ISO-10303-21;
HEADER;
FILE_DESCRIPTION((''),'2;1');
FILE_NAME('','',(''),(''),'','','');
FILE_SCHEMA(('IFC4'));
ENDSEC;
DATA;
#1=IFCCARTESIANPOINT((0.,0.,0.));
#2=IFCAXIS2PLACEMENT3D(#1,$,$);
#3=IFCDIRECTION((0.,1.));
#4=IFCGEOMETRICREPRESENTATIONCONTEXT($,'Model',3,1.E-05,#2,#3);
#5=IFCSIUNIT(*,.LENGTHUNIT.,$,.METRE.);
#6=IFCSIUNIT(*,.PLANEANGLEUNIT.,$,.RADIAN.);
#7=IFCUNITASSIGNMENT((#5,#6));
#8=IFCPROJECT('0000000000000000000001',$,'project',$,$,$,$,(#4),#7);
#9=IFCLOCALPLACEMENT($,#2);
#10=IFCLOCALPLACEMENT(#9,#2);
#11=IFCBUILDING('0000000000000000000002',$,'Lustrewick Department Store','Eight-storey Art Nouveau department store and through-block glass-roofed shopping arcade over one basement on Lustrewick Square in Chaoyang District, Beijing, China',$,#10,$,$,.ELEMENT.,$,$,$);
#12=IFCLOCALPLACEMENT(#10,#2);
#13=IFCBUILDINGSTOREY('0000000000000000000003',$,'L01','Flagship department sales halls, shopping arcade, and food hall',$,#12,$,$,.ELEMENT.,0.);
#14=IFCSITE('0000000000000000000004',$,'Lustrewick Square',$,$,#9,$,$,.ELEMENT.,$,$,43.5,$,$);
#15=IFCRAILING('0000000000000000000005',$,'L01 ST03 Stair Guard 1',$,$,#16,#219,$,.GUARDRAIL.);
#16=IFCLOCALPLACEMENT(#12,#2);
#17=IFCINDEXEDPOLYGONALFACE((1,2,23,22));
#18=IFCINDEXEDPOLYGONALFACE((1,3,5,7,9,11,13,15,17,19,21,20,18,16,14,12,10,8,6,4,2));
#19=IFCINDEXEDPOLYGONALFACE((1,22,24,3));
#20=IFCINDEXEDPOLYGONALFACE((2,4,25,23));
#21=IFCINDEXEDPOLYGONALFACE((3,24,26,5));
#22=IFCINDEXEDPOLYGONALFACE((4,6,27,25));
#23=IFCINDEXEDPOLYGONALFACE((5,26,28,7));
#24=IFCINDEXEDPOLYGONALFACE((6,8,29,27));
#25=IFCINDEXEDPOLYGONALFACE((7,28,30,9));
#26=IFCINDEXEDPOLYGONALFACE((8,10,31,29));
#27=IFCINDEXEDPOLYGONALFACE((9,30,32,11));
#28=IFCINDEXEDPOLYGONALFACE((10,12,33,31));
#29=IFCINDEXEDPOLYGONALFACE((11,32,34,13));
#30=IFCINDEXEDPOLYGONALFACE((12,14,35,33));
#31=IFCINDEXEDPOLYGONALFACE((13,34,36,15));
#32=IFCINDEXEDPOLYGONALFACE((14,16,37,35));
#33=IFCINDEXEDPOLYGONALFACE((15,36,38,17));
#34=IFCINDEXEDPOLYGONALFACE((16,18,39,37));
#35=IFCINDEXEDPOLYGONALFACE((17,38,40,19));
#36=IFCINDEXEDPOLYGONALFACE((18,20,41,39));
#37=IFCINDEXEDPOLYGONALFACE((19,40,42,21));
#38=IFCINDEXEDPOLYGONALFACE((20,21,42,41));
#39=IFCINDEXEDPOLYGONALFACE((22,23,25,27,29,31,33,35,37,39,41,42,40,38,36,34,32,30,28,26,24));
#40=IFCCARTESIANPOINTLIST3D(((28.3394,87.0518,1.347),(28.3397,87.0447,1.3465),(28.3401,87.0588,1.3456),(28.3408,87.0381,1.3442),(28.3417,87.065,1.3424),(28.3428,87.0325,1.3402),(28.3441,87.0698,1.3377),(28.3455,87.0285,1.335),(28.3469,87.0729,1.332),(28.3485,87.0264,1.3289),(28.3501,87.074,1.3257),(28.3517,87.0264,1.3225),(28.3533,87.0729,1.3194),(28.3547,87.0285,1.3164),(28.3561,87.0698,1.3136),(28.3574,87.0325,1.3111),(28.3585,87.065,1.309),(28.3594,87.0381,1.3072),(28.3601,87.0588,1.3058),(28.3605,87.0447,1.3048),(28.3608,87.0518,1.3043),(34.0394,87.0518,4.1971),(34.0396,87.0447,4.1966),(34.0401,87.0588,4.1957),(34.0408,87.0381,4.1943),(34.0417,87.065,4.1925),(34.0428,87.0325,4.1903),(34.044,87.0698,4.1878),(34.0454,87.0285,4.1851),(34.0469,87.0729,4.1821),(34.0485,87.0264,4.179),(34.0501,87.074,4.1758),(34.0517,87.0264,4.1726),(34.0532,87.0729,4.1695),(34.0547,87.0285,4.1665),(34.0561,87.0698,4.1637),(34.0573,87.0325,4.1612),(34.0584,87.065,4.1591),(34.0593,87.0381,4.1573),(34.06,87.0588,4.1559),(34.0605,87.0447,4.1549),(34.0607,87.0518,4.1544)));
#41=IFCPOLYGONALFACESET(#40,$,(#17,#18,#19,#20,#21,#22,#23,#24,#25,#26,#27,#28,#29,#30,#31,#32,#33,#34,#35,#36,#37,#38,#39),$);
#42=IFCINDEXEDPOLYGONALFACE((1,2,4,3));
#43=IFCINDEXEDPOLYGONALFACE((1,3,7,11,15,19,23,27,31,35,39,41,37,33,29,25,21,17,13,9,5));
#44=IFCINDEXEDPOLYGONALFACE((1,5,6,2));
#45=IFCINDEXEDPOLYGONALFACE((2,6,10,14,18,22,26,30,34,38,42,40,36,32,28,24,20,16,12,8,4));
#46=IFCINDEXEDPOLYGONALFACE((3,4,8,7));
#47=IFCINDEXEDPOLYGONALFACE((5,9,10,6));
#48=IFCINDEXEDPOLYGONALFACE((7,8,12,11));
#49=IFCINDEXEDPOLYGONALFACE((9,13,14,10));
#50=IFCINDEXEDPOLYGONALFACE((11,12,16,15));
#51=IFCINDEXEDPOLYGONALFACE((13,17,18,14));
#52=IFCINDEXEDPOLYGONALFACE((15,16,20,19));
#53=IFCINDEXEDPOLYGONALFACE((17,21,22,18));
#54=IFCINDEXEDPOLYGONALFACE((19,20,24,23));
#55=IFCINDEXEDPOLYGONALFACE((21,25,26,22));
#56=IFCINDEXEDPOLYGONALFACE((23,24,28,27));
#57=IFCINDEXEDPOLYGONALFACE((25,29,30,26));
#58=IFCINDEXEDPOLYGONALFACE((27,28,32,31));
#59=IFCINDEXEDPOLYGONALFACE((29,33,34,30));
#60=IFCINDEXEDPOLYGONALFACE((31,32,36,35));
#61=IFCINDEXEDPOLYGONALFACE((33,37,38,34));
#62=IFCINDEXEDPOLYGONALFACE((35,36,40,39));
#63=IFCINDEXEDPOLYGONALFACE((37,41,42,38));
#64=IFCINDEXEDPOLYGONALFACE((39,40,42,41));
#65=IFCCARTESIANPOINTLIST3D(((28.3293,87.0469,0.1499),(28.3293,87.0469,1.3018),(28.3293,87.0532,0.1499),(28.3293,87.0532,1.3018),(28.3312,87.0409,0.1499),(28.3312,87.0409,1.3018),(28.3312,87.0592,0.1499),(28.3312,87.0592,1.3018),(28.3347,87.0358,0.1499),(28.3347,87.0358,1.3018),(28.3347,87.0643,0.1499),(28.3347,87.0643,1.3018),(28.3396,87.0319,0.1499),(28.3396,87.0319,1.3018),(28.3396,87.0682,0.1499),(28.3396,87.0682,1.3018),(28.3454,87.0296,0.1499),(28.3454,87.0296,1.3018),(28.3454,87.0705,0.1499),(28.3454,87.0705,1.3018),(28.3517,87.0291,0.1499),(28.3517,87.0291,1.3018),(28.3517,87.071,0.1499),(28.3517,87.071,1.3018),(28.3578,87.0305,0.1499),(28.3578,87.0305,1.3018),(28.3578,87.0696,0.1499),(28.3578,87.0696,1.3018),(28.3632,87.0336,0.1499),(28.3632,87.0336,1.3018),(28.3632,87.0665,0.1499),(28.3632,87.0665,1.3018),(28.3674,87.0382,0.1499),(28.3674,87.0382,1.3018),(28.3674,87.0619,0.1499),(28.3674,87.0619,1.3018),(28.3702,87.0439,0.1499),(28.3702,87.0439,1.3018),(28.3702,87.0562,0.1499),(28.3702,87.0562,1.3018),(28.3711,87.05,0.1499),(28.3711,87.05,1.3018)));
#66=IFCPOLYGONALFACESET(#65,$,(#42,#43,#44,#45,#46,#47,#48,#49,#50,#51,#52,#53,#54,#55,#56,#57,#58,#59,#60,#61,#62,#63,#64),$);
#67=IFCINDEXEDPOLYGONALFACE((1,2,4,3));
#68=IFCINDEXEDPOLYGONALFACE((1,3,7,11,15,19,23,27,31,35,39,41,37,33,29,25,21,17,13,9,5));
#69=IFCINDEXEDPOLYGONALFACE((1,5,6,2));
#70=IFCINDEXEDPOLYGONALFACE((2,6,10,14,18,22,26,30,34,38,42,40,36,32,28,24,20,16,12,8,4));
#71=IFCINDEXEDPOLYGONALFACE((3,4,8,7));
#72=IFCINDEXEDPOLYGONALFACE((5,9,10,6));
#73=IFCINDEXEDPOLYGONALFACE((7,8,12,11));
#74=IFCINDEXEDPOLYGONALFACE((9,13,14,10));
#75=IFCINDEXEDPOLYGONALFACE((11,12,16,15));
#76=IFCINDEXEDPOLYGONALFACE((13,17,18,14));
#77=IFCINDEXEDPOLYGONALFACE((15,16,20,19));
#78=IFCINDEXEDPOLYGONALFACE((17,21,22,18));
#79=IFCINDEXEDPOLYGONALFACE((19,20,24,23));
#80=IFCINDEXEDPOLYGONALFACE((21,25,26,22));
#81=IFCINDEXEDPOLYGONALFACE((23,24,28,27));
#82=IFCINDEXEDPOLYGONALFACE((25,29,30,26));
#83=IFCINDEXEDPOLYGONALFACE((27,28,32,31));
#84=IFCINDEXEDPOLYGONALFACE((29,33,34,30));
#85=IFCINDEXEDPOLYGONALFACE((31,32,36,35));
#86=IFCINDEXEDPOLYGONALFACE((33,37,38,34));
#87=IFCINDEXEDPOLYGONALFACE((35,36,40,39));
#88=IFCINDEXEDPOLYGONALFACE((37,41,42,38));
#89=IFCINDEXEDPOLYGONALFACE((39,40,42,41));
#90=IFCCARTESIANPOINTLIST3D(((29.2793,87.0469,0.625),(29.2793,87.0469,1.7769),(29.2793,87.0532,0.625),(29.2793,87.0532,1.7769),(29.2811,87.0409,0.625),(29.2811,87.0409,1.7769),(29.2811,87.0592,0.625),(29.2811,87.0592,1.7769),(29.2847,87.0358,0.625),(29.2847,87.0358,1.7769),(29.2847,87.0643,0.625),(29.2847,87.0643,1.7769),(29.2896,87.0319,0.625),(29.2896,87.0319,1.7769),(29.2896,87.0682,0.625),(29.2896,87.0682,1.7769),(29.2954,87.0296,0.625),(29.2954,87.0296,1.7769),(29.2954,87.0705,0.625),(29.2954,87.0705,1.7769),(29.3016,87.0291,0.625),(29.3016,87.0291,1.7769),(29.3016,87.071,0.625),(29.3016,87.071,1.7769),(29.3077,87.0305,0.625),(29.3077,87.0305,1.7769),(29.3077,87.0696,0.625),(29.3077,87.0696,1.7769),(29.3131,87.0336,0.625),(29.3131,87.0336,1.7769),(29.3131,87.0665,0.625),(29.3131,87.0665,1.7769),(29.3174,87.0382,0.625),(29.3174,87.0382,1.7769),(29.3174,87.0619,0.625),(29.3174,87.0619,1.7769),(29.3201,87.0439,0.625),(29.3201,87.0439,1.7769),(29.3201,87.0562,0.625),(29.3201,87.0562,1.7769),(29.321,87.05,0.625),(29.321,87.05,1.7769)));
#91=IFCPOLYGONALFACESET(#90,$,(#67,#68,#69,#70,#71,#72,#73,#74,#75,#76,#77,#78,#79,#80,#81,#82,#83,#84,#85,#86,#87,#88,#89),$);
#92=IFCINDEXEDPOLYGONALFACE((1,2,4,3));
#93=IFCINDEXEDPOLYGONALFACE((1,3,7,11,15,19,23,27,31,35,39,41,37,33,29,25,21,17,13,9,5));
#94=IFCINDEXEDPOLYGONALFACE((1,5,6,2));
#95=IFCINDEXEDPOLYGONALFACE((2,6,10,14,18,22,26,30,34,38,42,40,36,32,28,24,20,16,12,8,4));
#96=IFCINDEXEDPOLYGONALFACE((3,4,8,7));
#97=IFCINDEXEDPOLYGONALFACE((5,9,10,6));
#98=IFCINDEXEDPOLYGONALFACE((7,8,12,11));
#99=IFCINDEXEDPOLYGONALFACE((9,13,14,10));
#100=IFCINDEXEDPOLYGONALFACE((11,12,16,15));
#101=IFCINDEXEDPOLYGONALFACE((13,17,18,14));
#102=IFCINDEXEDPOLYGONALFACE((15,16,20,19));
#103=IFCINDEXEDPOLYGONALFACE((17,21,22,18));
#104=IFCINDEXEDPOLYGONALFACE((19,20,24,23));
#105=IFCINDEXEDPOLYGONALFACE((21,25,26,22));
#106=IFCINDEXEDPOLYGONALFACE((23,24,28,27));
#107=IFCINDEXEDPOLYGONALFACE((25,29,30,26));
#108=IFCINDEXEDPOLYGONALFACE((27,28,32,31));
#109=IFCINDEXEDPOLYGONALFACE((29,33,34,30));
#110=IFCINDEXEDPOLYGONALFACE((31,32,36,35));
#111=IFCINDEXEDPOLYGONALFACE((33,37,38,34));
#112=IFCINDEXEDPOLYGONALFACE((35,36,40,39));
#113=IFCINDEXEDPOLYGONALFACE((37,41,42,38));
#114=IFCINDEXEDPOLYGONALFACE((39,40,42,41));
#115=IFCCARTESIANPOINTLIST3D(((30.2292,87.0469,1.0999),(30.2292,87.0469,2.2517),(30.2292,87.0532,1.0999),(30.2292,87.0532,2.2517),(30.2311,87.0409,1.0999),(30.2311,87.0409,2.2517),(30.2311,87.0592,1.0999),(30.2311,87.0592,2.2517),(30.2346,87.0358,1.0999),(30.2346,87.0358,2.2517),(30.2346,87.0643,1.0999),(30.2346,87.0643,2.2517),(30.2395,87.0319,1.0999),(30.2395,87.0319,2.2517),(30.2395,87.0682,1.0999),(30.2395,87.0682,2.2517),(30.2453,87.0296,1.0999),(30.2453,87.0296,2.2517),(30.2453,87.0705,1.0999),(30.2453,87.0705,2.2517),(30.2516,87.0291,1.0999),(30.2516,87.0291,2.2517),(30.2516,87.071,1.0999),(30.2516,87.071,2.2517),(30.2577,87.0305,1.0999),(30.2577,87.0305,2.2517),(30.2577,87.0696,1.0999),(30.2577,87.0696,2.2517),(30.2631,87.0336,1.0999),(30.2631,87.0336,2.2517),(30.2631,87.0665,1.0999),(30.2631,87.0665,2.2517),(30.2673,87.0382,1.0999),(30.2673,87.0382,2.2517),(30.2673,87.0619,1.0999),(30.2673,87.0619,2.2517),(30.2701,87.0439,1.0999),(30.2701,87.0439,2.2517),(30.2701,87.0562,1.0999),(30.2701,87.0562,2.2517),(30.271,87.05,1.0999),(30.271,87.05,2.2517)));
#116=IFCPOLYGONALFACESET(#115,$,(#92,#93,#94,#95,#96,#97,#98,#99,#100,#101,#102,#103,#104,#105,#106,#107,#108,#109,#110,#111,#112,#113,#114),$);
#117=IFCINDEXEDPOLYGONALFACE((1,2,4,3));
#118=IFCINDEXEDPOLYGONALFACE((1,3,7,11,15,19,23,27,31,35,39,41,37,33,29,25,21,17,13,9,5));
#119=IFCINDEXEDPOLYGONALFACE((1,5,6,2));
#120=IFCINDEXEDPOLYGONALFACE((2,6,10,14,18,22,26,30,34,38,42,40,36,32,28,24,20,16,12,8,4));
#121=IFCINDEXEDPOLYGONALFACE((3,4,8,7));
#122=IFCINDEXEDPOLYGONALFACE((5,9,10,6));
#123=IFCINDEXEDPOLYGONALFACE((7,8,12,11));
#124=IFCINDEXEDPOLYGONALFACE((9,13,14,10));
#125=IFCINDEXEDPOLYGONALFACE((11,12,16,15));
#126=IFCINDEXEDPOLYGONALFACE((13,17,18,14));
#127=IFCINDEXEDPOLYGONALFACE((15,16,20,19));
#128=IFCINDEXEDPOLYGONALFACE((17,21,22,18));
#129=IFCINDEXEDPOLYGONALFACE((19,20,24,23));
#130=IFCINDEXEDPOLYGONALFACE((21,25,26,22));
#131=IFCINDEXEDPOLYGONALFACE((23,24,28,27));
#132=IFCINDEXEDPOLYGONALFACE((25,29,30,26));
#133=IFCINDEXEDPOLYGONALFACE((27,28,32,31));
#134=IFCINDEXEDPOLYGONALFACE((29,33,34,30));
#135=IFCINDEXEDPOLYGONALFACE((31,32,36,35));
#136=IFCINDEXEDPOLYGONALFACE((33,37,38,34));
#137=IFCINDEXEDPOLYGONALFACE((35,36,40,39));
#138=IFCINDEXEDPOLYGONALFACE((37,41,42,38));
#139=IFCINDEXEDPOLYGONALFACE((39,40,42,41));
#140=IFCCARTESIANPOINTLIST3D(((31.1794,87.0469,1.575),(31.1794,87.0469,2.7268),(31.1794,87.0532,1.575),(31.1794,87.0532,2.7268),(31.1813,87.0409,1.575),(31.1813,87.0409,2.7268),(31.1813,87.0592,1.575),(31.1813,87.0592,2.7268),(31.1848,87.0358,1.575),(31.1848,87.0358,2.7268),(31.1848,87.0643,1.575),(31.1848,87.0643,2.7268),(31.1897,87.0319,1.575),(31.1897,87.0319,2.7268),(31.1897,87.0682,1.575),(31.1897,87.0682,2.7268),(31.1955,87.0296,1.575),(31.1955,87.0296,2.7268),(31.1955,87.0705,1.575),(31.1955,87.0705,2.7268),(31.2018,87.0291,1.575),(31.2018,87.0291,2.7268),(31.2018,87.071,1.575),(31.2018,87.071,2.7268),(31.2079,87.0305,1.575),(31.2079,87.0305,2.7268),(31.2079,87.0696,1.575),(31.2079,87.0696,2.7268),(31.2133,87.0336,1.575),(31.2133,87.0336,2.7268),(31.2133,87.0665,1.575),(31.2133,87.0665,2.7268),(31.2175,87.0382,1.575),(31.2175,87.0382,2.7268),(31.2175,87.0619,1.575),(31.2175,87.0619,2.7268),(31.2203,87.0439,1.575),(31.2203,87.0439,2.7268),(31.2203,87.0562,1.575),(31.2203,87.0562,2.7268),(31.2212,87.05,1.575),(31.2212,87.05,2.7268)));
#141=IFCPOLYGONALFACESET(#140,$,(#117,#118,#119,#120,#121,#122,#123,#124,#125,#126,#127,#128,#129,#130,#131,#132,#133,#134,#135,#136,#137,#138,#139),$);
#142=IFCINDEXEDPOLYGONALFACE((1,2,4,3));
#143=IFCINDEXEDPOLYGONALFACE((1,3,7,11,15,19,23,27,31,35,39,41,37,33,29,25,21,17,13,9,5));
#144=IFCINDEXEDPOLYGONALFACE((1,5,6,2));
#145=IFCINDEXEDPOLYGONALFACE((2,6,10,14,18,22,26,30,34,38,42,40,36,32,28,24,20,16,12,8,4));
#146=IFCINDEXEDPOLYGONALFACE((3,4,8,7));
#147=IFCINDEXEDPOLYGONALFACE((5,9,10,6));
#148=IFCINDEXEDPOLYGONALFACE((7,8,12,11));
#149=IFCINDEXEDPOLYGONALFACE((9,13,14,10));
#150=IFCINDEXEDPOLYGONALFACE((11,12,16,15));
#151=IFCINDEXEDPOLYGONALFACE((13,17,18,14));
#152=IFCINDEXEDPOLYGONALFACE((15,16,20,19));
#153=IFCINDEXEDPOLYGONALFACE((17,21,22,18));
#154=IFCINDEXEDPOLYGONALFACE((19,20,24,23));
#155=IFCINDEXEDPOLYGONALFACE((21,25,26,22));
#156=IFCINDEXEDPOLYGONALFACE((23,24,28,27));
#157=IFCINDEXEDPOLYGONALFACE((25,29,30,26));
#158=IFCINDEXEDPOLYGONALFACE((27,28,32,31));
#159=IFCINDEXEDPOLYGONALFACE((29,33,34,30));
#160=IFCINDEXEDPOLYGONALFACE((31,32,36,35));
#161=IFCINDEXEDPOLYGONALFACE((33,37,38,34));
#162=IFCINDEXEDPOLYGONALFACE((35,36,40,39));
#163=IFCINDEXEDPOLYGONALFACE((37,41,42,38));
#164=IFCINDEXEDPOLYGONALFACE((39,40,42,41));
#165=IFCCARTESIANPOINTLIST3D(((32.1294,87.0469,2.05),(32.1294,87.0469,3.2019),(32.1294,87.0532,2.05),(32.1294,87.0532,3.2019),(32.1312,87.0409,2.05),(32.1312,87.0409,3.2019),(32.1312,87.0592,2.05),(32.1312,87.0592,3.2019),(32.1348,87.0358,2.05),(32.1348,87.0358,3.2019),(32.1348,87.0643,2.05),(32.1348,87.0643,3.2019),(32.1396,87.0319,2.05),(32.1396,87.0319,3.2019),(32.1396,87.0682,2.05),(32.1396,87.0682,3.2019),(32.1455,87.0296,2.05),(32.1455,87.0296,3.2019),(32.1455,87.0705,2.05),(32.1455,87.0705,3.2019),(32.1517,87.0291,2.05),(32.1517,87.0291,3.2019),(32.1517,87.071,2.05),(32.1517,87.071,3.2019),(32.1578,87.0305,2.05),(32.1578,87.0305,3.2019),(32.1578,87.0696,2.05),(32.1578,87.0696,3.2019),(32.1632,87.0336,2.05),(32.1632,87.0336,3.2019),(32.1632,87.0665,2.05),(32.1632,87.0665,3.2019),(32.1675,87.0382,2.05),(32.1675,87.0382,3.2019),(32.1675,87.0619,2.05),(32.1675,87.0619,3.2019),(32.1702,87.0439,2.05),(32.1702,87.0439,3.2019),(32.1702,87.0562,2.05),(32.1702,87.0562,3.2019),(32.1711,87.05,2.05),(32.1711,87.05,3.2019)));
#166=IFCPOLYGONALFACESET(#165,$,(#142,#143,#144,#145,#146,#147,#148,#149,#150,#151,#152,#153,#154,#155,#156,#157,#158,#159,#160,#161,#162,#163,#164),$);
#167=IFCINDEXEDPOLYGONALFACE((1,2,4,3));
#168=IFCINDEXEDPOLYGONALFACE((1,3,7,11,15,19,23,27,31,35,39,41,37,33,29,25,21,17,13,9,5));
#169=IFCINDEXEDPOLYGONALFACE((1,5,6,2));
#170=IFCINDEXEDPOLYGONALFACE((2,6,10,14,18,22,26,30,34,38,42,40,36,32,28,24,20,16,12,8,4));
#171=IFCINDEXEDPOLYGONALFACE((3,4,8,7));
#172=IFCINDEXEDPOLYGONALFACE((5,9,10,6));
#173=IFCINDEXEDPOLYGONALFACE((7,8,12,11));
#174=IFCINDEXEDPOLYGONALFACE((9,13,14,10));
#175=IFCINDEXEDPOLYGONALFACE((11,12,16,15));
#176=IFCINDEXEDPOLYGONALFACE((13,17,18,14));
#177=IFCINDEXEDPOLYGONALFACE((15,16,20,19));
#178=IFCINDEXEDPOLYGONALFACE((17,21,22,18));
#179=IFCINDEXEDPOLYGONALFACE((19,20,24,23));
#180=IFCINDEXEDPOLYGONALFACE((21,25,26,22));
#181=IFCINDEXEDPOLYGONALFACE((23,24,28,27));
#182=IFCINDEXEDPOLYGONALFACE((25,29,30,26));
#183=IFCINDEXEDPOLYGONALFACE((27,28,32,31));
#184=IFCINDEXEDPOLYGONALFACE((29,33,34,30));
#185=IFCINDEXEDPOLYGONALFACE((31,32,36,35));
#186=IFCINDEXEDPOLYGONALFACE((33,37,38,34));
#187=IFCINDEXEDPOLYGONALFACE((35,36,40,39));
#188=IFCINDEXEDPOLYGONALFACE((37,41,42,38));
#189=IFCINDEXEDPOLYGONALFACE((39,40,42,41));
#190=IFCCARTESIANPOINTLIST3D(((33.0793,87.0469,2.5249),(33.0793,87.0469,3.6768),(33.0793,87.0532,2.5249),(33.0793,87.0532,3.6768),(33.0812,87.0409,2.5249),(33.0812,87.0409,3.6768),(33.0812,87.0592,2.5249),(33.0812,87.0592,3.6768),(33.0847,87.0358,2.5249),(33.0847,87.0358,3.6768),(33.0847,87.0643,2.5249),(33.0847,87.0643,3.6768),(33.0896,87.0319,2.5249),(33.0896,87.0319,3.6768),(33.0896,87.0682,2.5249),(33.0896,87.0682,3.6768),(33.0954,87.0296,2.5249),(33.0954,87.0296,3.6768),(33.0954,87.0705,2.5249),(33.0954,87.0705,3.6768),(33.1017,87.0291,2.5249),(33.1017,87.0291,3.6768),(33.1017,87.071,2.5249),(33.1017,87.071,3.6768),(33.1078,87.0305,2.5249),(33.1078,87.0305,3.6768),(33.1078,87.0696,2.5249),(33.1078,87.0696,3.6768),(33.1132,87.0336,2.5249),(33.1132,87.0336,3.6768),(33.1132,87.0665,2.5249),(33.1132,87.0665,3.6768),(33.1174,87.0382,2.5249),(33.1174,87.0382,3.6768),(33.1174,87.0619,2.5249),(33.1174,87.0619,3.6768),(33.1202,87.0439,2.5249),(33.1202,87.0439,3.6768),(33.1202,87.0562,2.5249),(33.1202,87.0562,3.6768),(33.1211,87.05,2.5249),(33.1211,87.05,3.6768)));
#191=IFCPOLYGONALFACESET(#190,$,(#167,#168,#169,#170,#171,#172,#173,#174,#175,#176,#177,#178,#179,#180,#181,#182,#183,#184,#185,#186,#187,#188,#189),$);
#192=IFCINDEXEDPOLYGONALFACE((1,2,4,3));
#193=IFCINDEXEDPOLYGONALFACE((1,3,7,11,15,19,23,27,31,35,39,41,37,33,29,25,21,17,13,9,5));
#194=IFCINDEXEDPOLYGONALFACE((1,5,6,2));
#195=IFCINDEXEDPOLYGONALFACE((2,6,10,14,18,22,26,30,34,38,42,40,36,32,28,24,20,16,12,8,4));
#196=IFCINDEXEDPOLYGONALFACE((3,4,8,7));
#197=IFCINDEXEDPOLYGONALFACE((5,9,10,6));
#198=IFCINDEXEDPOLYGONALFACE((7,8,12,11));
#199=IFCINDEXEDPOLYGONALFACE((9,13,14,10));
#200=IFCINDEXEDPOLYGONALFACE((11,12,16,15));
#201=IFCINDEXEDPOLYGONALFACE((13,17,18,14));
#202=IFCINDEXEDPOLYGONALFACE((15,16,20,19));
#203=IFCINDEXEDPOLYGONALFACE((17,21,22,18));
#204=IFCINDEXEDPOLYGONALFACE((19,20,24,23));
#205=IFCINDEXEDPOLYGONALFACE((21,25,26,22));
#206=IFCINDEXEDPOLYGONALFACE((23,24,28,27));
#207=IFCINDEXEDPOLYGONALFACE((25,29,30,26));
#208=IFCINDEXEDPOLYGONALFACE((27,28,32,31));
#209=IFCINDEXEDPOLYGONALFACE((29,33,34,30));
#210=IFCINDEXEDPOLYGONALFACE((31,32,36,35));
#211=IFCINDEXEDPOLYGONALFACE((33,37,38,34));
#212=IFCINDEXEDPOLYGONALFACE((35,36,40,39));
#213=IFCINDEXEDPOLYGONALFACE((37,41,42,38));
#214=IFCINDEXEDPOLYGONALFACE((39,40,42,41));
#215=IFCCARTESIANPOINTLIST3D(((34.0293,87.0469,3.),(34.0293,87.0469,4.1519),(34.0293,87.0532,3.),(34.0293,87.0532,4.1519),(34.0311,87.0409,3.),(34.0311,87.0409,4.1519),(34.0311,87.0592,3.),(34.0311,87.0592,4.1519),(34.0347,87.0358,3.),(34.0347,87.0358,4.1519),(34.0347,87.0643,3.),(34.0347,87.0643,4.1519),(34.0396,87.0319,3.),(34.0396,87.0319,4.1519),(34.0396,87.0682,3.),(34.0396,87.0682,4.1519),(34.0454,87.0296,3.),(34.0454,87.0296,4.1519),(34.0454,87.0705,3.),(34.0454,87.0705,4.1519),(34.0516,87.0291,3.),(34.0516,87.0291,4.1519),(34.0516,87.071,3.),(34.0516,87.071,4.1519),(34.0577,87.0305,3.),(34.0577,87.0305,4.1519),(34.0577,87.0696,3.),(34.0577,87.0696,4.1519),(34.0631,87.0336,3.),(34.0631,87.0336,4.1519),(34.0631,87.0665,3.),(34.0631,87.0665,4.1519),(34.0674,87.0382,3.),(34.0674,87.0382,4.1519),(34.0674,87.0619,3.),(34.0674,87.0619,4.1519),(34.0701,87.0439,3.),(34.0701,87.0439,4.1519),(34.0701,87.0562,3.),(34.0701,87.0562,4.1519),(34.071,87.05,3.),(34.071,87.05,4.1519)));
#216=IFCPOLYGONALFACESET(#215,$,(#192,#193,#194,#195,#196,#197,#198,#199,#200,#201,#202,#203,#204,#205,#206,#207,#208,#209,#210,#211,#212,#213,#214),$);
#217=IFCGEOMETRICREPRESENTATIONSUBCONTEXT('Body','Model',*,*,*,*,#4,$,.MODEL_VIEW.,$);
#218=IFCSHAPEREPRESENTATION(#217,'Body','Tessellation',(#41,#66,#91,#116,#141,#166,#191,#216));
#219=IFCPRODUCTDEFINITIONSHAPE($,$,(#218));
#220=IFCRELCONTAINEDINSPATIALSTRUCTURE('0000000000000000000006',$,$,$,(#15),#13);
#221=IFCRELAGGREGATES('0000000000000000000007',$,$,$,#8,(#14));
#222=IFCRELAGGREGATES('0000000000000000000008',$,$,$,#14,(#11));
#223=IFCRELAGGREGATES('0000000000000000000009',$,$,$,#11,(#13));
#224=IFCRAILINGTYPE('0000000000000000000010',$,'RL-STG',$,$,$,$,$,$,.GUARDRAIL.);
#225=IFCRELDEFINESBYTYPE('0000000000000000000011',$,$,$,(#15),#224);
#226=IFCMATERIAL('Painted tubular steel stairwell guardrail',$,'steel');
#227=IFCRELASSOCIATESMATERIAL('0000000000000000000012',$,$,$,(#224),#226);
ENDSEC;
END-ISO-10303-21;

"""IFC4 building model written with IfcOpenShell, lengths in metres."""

from ifc_helpers import new_model, si_unit, direction, frame, origin, origin_2d, place, context, subcontext, project, spatial, circle, extrude, material, type_object, element, save


model = new_model("IFC4")

# Units and contexts
model_context = context("Model", 3, precision=1e-05, world=origin(), true_north=direction((0.0, 1.0)))
body_context = subcontext(model_context, "Body", "Model", "MODEL_VIEW")
ifc_project = project(units=[si_unit("LENGTHUNIT", "METRE"), si_unit("PLANEANGLEUNIT", "RADIAN")], contexts=[model_context])

# Site, building, storey
site_placement = place(None, origin())
site = spatial("IfcSite", under=ifc_project, at=site_placement, Name="Lustrewick Square", CompositionType="ELEMENT", RefElevation=43.5)
building_placement = place(site_placement, origin())
building = spatial("IfcBuilding", under=site, at=building_placement, Name="Lustrewick Department Store", Description="Eight-storey Art Nouveau department store and through-block glass-roofed shopping arcade over one basement on Lustrewick Square in Chaoyang District, Beijing, China", CompositionType="ELEMENT")
storey_placement = place(building_placement, origin())
storey = spatial("IfcBuildingStorey", under=building, at=storey_placement, Name="L01", Description="Flagship department sales halls, shopping arcade, and food hall", CompositionType="ELEMENT", Elevation=0.0)

# Railing
ifc_material_1 = material(Name="Painted tubular steel stairwell guardrail", Category="steel")
railing_type_1 = type_object("IfcRailingType", Name="RL-STG", PredefinedType="GUARDRAIL", material=ifc_material_1)
railing_1_placement = place(storey_placement, frame((28.3501, 87.05, 0.1499)))
element("IfcRailing", 1, at=railing_1_placement, inside=storey, type_object=railing_type_1, Name="L01 ST03 Stair Guard 1", PredefinedType="GUARDRAIL", context=body_context, shape_type="SweptSolid", body=[
    extrude(circle(Radius=0.0239, at=origin_2d()), frame((0.0, 0.0, 1.1758), z_axis=(0.89442, 0.0, 0.447229), x_axis=(0.0, 1.0, 0.0)), (0.0, 0.0, 1.0), 6.3728),
    extrude(circle(Radius=0.021, at=origin_2d()), origin(), (0.0, 0.0, 1.0), 1.1519),
    extrude(circle(Radius=0.021, at=origin_2d()), frame((0.95, 0.0, 0.4751)), (0.0, 0.0, 1.0), 1.1519),
    extrude(circle(Radius=0.021, at=origin_2d()), frame((1.8999, 0.0, 0.95)), (0.0, 0.0, 1.0), 1.1519),
    extrude(circle(Radius=0.021, at=origin_2d()), frame((2.8501, 0.0, 1.425)), (0.0, 0.0, 1.0), 1.1519),
    extrude(circle(Radius=0.021, at=origin_2d()), frame((3.8, 0.0, 1.9001)), (0.0, 0.0, 1.0), 1.1519),
    extrude(circle(Radius=0.021, at=origin_2d()), frame((4.75, 0.0, 2.375)), (0.0, 0.0, 1.0), 1.1519),
    extrude(circle(Radius=0.021, at=origin_2d()), frame((5.7, 0.0, 2.8501)), (0.0, 0.0, 1.0), 1.1519),
])

save(model, "model.ifc")
